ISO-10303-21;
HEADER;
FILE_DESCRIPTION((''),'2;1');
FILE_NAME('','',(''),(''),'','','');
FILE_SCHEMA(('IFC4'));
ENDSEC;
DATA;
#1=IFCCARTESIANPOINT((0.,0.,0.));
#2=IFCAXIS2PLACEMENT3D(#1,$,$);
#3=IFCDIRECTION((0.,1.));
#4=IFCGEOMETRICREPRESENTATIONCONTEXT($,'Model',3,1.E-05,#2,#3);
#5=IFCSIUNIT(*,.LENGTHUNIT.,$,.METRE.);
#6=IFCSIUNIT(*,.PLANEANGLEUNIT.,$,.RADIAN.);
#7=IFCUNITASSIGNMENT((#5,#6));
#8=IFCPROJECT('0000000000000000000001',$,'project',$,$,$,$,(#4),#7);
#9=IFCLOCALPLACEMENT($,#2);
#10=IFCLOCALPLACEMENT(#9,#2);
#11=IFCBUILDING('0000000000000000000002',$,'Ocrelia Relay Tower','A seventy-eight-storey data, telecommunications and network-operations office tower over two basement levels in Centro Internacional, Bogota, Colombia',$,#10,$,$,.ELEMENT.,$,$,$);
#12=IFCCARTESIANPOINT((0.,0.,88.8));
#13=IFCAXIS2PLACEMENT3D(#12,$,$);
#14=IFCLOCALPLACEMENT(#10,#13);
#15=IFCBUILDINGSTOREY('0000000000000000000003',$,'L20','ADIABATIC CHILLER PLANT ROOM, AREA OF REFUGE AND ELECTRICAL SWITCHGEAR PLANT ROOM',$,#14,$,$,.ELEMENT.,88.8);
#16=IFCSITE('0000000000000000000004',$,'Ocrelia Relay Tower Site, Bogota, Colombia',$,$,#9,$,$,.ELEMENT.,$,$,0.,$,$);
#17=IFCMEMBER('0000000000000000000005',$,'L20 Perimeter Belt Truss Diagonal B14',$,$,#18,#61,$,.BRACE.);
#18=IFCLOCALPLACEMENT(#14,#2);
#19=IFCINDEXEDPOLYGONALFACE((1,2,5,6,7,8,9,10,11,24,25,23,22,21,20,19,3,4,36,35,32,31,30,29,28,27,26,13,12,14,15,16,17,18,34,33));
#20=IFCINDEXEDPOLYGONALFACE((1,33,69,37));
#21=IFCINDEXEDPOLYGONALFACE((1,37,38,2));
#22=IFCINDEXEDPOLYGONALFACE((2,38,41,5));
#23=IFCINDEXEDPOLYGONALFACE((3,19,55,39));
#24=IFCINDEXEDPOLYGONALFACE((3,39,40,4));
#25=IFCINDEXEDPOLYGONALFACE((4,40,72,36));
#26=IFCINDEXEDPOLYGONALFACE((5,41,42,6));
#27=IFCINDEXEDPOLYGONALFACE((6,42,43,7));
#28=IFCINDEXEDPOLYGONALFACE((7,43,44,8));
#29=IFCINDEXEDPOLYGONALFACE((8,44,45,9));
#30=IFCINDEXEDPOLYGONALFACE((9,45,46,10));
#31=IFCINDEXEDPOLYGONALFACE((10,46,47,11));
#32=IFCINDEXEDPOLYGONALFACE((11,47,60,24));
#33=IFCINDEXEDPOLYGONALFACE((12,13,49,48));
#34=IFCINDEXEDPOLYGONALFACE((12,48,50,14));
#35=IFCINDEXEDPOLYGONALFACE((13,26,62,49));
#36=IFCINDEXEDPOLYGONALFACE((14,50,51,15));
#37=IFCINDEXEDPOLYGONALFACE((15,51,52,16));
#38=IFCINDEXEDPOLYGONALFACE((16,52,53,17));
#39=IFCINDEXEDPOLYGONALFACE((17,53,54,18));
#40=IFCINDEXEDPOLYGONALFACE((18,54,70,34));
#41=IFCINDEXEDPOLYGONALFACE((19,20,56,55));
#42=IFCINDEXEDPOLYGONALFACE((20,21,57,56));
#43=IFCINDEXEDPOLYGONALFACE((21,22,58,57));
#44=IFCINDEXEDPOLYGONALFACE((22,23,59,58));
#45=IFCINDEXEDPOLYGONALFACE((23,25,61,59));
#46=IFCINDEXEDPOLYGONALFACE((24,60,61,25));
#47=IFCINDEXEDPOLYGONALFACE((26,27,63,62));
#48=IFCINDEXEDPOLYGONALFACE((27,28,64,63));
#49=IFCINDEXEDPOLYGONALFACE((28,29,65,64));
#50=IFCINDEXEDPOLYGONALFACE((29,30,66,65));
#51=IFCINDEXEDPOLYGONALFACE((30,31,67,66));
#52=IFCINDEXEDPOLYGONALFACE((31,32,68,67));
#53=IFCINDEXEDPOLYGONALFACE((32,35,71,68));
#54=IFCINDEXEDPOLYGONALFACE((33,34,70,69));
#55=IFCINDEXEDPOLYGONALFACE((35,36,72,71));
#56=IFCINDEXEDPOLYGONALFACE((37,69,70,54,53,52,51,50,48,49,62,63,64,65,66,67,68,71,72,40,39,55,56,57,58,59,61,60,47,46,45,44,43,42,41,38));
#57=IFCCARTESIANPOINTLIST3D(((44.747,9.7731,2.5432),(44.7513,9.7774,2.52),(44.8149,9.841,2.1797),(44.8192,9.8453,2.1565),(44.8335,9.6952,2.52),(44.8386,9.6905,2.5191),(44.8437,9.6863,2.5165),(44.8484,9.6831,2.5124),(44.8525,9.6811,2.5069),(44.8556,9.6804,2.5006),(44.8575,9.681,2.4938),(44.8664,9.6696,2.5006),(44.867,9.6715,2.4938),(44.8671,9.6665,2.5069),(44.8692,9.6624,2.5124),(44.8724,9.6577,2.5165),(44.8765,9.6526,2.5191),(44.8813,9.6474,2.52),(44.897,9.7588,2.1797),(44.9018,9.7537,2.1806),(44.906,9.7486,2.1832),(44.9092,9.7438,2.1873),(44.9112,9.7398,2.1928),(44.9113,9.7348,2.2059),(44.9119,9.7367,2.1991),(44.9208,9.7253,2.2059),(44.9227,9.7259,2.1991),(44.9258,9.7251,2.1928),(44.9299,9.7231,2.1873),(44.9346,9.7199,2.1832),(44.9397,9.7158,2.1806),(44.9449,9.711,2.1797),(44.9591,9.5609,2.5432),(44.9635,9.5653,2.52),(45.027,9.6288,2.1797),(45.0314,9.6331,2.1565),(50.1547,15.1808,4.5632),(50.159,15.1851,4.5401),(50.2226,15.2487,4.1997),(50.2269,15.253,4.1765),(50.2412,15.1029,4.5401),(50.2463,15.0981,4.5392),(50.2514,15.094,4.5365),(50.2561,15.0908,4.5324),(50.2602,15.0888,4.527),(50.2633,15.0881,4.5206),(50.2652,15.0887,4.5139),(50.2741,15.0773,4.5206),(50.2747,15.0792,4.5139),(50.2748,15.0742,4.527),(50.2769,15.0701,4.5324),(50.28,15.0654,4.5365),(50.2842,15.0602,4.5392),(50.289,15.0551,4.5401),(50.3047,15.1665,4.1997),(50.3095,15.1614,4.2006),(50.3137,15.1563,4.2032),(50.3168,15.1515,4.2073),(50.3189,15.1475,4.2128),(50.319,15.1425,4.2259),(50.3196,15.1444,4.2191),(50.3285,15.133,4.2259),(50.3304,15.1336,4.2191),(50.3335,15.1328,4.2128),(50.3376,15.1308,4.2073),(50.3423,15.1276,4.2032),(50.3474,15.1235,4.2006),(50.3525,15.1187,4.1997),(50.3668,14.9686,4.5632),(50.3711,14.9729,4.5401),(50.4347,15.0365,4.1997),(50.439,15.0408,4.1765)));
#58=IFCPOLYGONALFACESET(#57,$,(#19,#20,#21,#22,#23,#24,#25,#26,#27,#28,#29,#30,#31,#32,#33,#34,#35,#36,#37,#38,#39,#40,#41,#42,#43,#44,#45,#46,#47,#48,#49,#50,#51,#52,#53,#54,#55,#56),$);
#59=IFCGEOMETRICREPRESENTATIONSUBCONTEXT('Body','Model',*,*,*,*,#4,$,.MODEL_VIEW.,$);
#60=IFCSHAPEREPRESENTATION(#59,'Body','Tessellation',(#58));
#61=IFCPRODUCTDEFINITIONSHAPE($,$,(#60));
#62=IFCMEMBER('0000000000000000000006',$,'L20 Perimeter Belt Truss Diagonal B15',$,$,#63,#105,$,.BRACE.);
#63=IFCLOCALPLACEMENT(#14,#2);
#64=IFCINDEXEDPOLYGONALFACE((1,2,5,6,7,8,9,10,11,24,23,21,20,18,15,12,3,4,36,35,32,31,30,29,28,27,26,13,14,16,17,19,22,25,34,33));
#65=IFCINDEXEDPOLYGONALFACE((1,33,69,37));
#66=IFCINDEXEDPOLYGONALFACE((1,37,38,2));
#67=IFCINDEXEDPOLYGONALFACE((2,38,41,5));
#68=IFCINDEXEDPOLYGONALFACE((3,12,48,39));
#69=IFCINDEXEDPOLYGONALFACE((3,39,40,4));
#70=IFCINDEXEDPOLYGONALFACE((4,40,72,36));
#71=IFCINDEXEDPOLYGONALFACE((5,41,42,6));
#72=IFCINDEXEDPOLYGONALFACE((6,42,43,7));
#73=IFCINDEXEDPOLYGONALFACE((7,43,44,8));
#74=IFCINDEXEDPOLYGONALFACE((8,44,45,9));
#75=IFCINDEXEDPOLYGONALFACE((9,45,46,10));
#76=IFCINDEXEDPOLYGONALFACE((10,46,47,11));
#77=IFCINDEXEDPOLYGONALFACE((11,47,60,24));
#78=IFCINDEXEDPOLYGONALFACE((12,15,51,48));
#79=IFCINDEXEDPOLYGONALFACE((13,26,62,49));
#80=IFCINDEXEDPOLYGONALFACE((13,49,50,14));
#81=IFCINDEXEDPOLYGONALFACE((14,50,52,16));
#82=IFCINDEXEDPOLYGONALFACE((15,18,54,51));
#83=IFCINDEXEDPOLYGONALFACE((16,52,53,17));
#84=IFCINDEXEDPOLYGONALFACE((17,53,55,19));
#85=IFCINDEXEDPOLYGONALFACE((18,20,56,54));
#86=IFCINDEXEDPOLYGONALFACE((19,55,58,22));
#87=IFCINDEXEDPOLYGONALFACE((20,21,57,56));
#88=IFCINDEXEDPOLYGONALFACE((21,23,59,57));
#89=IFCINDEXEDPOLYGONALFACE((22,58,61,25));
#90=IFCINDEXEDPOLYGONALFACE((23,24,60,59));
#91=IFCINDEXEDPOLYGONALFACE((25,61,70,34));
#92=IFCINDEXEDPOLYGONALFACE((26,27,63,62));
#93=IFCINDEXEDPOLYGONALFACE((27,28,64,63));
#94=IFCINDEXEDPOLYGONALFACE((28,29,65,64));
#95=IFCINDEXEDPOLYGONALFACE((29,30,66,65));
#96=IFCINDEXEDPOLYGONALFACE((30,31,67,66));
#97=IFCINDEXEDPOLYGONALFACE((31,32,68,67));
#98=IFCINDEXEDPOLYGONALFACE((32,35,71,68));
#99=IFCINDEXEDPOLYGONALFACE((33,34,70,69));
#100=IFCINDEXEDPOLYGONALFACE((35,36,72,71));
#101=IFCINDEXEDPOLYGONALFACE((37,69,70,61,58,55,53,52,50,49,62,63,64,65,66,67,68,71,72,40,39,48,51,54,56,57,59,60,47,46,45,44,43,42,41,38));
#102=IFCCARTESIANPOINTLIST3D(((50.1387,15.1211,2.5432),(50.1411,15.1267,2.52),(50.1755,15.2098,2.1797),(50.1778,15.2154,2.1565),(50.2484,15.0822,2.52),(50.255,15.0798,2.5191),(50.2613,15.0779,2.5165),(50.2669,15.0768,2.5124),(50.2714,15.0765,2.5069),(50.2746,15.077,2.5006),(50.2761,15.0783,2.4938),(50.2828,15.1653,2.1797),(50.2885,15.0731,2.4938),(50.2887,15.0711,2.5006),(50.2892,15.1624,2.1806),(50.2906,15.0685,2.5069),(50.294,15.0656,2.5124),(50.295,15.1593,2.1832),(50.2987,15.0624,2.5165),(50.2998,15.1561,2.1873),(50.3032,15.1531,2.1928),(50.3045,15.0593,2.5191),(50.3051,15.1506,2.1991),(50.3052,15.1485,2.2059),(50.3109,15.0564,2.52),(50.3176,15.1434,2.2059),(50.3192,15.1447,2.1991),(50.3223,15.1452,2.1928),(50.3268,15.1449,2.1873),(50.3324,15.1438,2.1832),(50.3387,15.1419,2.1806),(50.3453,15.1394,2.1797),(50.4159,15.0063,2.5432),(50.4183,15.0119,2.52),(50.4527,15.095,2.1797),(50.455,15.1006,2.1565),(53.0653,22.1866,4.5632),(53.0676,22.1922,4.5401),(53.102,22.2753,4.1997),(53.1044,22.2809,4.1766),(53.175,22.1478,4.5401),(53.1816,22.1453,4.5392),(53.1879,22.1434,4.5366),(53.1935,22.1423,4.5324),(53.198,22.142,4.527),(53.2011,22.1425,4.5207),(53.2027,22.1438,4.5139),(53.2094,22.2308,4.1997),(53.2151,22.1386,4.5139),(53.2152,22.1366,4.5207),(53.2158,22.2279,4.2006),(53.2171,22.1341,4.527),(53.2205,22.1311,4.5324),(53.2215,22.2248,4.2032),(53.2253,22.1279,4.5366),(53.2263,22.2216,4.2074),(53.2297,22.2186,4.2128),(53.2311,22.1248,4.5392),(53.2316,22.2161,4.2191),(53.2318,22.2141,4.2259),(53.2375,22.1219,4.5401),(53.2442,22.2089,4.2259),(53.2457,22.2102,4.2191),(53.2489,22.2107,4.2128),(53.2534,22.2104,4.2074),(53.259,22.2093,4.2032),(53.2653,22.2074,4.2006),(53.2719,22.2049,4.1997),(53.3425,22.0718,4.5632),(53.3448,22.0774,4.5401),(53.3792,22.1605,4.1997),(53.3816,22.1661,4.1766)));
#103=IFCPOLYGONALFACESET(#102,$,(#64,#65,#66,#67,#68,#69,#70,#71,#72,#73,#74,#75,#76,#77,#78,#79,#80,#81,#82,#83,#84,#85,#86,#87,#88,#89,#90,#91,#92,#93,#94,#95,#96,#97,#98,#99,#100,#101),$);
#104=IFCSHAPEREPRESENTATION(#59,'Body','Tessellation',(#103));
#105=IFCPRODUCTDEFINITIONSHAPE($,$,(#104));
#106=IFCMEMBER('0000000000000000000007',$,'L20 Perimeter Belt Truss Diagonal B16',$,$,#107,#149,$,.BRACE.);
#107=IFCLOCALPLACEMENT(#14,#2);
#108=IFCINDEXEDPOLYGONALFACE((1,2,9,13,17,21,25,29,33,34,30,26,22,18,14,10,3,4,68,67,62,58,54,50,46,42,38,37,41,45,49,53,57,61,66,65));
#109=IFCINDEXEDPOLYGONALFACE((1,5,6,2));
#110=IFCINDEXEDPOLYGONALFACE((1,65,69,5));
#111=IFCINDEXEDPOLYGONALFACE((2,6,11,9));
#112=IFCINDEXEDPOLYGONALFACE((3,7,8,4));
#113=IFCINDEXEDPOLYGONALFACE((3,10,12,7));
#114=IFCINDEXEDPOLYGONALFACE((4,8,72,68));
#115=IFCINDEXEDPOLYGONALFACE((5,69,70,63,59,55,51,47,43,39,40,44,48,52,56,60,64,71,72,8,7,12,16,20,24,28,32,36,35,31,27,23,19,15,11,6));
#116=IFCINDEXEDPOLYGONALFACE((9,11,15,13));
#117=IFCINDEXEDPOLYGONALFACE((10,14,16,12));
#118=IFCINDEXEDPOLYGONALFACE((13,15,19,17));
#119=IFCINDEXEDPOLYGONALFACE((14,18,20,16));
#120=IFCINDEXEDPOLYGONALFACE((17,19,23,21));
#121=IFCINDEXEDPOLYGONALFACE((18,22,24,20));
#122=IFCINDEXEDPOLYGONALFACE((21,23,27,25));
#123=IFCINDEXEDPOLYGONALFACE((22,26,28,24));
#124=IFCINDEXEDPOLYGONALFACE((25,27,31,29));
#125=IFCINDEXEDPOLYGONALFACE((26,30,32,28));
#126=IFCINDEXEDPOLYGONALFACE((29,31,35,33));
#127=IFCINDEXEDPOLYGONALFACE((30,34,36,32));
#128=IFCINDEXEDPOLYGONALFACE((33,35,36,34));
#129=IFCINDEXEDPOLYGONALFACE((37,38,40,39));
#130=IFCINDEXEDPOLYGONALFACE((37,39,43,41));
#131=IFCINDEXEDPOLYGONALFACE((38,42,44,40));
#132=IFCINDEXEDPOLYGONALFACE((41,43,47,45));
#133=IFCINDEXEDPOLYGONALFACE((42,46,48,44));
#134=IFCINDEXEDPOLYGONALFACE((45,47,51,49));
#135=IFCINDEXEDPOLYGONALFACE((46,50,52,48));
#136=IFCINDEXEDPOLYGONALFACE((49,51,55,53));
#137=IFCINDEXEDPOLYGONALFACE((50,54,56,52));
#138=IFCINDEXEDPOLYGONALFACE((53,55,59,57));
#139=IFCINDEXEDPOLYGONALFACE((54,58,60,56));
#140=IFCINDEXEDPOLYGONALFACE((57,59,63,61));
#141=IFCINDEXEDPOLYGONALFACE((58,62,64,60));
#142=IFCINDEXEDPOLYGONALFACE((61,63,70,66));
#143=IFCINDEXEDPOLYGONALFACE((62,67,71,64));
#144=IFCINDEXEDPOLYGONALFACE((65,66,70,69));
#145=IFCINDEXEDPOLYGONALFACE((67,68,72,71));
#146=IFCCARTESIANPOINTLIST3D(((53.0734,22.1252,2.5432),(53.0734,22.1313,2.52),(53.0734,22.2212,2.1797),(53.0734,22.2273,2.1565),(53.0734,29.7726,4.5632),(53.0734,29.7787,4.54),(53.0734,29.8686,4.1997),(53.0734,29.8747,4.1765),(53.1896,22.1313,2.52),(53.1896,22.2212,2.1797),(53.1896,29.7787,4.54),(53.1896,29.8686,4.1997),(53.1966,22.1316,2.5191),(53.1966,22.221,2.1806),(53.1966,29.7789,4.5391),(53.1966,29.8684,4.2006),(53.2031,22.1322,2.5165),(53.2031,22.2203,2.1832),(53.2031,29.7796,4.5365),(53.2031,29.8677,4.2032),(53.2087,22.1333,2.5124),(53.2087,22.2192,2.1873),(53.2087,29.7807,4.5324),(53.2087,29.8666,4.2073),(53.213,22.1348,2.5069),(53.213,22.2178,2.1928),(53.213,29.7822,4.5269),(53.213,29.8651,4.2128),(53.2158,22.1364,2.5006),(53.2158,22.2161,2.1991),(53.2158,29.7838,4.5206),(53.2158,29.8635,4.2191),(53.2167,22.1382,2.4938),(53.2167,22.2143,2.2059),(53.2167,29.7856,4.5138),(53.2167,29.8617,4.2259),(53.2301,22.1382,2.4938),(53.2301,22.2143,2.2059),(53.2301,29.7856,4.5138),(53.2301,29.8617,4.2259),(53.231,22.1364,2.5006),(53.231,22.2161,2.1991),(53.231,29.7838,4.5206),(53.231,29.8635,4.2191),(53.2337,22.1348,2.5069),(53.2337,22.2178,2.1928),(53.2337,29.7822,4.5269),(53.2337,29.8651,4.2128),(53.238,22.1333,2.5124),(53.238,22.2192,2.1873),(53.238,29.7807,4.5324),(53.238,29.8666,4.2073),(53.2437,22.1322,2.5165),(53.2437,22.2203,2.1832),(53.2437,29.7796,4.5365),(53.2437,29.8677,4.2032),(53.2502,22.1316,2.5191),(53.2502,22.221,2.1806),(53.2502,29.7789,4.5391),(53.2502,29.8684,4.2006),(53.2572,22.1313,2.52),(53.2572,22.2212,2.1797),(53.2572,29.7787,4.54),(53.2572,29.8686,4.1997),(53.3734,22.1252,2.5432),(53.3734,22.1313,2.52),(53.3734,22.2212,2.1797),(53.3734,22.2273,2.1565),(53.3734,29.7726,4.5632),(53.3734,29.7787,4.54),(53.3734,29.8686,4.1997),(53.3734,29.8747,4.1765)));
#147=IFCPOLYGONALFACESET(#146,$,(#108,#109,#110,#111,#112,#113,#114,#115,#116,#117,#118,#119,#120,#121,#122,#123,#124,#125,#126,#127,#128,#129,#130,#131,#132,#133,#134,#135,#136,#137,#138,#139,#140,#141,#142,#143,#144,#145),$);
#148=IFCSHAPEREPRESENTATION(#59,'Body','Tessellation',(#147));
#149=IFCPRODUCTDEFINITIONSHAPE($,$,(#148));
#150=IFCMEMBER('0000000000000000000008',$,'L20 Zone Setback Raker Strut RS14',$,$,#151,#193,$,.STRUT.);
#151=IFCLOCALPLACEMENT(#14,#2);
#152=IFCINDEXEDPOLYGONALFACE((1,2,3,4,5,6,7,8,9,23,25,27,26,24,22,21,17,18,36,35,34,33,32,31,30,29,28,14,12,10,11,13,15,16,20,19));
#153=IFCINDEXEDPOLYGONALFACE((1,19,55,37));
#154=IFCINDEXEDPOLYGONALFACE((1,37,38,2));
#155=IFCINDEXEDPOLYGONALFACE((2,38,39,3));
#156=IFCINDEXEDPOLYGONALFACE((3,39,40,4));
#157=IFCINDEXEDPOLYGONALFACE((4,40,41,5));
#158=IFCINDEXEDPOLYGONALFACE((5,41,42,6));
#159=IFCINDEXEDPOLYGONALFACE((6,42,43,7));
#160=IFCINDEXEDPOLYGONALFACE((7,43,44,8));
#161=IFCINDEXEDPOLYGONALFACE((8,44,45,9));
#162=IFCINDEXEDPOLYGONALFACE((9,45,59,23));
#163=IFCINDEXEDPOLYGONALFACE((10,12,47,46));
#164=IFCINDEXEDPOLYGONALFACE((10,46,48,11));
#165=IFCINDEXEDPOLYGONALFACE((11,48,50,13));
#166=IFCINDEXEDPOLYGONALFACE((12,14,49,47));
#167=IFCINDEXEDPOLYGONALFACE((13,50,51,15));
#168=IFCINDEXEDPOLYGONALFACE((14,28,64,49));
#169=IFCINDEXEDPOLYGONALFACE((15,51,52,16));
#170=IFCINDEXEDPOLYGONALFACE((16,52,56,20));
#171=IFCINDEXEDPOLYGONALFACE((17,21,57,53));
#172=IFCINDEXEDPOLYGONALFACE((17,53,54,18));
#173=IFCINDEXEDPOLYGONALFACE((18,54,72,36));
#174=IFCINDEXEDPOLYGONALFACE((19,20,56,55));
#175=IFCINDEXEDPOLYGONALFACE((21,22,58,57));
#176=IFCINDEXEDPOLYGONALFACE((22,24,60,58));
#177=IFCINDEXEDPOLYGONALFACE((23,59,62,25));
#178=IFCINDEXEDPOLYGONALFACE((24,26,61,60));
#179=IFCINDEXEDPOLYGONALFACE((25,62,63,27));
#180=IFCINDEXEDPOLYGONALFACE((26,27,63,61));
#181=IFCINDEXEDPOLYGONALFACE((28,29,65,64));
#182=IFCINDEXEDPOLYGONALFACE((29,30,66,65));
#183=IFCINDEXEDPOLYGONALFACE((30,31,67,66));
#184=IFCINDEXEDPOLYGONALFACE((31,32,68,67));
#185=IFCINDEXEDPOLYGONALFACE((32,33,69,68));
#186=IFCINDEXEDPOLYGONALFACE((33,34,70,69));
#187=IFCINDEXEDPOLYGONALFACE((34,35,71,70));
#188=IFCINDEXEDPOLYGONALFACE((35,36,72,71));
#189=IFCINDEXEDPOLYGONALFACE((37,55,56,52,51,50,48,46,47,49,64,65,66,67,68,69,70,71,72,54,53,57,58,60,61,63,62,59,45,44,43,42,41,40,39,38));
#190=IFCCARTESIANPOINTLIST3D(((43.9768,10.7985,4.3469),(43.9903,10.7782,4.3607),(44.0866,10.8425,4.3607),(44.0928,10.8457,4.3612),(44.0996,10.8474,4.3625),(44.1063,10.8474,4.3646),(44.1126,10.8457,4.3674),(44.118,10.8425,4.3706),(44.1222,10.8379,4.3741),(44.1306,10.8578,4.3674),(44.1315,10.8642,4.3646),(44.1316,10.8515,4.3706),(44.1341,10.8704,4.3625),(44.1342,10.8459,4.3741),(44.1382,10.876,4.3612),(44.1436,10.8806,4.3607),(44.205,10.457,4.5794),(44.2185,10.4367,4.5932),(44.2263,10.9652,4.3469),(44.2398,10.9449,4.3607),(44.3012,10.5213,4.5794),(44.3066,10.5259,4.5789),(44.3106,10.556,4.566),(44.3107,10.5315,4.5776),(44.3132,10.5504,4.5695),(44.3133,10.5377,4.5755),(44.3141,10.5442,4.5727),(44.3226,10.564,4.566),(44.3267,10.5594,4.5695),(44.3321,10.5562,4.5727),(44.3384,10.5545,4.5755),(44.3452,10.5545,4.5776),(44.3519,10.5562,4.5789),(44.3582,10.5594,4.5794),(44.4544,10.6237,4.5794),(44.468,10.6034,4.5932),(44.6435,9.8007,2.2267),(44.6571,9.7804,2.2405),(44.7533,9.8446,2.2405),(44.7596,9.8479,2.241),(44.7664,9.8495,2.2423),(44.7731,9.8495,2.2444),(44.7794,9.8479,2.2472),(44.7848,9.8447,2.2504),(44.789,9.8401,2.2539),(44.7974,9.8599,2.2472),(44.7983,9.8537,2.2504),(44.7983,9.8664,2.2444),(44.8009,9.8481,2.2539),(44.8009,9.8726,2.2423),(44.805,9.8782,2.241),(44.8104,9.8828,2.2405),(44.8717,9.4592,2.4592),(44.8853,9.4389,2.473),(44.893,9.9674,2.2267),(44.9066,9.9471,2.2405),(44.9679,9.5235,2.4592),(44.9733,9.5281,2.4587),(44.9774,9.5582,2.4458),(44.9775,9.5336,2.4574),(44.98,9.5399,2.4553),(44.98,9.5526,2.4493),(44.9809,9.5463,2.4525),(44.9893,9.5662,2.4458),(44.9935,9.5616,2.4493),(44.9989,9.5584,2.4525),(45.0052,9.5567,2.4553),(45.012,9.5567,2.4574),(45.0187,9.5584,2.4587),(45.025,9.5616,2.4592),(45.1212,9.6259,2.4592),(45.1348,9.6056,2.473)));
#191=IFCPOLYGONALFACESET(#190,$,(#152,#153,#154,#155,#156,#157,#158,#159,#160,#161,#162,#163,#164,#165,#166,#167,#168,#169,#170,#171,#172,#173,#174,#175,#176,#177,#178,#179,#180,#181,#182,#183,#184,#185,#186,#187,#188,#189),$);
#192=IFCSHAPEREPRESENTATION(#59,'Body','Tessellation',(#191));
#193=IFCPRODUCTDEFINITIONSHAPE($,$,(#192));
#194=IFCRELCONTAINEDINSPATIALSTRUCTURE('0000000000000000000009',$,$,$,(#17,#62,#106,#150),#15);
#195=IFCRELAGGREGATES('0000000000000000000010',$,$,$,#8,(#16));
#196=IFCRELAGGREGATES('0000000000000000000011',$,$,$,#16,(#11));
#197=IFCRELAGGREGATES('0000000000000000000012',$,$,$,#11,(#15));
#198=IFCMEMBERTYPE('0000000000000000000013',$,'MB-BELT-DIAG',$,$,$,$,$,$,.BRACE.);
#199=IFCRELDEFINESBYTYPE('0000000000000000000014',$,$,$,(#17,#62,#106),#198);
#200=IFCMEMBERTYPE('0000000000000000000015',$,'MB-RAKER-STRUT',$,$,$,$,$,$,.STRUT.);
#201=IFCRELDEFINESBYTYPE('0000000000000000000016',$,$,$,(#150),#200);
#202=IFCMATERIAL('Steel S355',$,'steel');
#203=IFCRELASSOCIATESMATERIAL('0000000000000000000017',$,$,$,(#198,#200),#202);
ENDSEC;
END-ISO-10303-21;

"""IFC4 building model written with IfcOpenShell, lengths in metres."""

from ifc_helpers import new_model, si_unit, direction, frame, origin, origin_2d, place, context, subcontext, project, spatial, i_section, extrude, material, material_profile, profile_set, type_object, element, save


model = new_model("IFC4")

# Units and contexts
model_context = context("Model", 3, precision=1e-05, world=origin(), true_north=direction((0.0, 1.0)))
body_context = subcontext(model_context, "Body", "Model", "MODEL_VIEW")
ifc_project = project(units=[si_unit("LENGTHUNIT", "METRE"), si_unit("PLANEANGLEUNIT", "RADIAN")], contexts=[model_context])

# Site, building, storey
site_placement = place(None, origin())
site = spatial("IfcSite", under=ifc_project, at=site_placement, Name="Ocrelia Relay Tower Site, Bogota, Colombia", CompositionType="ELEMENT", RefElevation=0.0)
building_placement = place(site_placement, origin())
building = spatial("IfcBuilding", under=site, at=building_placement, Name="Ocrelia Relay Tower", Description="A seventy-eight-storey data, telecommunications and network-operations office tower over two basement levels in Centro Internacional, Bogota, Colombia", CompositionType="ELEMENT")
storey_placement = place(building_placement, frame((0.0, 0.0, 88.8)))
storey = spatial("IfcBuildingStorey", under=building, at=storey_placement, Name="L20", Description="ADIABATIC CHILLER PLANT ROOM, AREA OF REFUGE AND ELECTRICAL SWITCHGEAR PLANT ROOM", CompositionType="ELEMENT", Elevation=88.8)

# Shared definitions
ifc_material_1 = material(Name="Steel S355", Category="steel")

# Members
ifc_material_profile_1 = material_profile(ifc_material_1, i_section(OverallWidth=0.3, OverallDepth=0.3999, WebThickness=0.0134, FlangeThickness=0.0239, FilletRadius=0.0271, at=origin_2d()), Name="HEB 400")
ifc_profile_set_1 = profile_set([ifc_material_profile_1], Name="Steel S355")
member_type_1 = type_object("IfcMemberType", Name="MB-BELT-DIAG", PredefinedType="BRACE", material=ifc_profile_set_1)
for number, where, z_axis, x_axis, name in (
    (1, (44.8892, 9.7031, 2.3499), (0.68366, 0.68366, 0.255377), (-0.707107, 0.707107, 0.0), "L20 Perimeter Belt Truss Diagonal B14"),
    (2, (50.2969, 15.1108, 2.3499), (0.369985, 0.893248, 0.255381), (-0.923883, 0.382674, 0.0), "L20 Perimeter Belt Truss Diagonal B15"),
):
    element("IfcMember", number, at=place(storey_placement, frame(where, z_axis=z_axis, x_axis=x_axis)), inside=storey, type_object=member_type_1, Name=name, PredefinedType="BRACE", context=body_context, shape_type="SweptSolid", body=[
        extrude(i_section(OverallWidth=0.3, OverallDepth=0.3999, WebThickness=0.0134, FlangeThickness=0.0239, FilletRadius=0.0271, at=origin_2d()), origin(), (0.0, 0.0, 1.0), 7.9099),
    ])
member_placement = place(storey_placement, frame((53.2234, 22.1763, 2.3499), z_axis=(0.0, 0.96684, 0.255384), x_axis=(-1.0, 0.0, 0.0)))
element("IfcMember", 3, at=member_placement, inside=storey, type_object=member_type_1, Name="L20 Perimeter Belt Truss Diagonal B16", PredefinedType="BRACE", context=body_context, shape_type="SweptSolid", body=[
    extrude(i_section(OverallWidth=0.3, OverallDepth=0.3999, WebThickness=0.0134, FlangeThickness=0.0239, FilletRadius=0.0271, at=origin_2d()), origin(), (0.0, 0.0, 1.0), 7.9097),
])
ifc_material_profile_2 = material_profile(ifc_material_1, i_section(OverallWidth=0.3, OverallDepth=0.5, WebThickness=0.0144, FlangeThickness=0.0281, FilletRadius=0.0271, at=origin_2d()), Name="HEB 500")
ifc_profile_set_2 = profile_set([ifc_material_profile_2], Name="Steel S355")
member_type_2 = type_object("IfcMemberType", Name="MB-RAKER-STRUT", PredefinedType="STRUT", material=ifc_profile_set_2)
for number, where, z_axis, x_axis, name in (
    (4, (44.8892, 9.7031, 2.3499), (-0.273684, 0.409574, 0.870257), (-0.831455, -0.555592, 0.0), "L20 Zone Setback Raker Strut RS14"),
):
    element("IfcMember", number, at=place(storey_placement, frame(where, z_axis=z_axis, x_axis=x_axis)), inside=storey, type_object=member_type_2, Name=name, PredefinedType="STRUT", context=body_context, shape_type="SweptSolid", body=[
        extrude(i_section(OverallWidth=0.3, OverallDepth=0.5, WebThickness=0.0144, FlangeThickness=0.0281, FilletRadius=0.0271, at=origin_2d()), origin(), (0.0, 0.0, 1.0), 2.4363),
    ])

save(model, "model.ifc")
